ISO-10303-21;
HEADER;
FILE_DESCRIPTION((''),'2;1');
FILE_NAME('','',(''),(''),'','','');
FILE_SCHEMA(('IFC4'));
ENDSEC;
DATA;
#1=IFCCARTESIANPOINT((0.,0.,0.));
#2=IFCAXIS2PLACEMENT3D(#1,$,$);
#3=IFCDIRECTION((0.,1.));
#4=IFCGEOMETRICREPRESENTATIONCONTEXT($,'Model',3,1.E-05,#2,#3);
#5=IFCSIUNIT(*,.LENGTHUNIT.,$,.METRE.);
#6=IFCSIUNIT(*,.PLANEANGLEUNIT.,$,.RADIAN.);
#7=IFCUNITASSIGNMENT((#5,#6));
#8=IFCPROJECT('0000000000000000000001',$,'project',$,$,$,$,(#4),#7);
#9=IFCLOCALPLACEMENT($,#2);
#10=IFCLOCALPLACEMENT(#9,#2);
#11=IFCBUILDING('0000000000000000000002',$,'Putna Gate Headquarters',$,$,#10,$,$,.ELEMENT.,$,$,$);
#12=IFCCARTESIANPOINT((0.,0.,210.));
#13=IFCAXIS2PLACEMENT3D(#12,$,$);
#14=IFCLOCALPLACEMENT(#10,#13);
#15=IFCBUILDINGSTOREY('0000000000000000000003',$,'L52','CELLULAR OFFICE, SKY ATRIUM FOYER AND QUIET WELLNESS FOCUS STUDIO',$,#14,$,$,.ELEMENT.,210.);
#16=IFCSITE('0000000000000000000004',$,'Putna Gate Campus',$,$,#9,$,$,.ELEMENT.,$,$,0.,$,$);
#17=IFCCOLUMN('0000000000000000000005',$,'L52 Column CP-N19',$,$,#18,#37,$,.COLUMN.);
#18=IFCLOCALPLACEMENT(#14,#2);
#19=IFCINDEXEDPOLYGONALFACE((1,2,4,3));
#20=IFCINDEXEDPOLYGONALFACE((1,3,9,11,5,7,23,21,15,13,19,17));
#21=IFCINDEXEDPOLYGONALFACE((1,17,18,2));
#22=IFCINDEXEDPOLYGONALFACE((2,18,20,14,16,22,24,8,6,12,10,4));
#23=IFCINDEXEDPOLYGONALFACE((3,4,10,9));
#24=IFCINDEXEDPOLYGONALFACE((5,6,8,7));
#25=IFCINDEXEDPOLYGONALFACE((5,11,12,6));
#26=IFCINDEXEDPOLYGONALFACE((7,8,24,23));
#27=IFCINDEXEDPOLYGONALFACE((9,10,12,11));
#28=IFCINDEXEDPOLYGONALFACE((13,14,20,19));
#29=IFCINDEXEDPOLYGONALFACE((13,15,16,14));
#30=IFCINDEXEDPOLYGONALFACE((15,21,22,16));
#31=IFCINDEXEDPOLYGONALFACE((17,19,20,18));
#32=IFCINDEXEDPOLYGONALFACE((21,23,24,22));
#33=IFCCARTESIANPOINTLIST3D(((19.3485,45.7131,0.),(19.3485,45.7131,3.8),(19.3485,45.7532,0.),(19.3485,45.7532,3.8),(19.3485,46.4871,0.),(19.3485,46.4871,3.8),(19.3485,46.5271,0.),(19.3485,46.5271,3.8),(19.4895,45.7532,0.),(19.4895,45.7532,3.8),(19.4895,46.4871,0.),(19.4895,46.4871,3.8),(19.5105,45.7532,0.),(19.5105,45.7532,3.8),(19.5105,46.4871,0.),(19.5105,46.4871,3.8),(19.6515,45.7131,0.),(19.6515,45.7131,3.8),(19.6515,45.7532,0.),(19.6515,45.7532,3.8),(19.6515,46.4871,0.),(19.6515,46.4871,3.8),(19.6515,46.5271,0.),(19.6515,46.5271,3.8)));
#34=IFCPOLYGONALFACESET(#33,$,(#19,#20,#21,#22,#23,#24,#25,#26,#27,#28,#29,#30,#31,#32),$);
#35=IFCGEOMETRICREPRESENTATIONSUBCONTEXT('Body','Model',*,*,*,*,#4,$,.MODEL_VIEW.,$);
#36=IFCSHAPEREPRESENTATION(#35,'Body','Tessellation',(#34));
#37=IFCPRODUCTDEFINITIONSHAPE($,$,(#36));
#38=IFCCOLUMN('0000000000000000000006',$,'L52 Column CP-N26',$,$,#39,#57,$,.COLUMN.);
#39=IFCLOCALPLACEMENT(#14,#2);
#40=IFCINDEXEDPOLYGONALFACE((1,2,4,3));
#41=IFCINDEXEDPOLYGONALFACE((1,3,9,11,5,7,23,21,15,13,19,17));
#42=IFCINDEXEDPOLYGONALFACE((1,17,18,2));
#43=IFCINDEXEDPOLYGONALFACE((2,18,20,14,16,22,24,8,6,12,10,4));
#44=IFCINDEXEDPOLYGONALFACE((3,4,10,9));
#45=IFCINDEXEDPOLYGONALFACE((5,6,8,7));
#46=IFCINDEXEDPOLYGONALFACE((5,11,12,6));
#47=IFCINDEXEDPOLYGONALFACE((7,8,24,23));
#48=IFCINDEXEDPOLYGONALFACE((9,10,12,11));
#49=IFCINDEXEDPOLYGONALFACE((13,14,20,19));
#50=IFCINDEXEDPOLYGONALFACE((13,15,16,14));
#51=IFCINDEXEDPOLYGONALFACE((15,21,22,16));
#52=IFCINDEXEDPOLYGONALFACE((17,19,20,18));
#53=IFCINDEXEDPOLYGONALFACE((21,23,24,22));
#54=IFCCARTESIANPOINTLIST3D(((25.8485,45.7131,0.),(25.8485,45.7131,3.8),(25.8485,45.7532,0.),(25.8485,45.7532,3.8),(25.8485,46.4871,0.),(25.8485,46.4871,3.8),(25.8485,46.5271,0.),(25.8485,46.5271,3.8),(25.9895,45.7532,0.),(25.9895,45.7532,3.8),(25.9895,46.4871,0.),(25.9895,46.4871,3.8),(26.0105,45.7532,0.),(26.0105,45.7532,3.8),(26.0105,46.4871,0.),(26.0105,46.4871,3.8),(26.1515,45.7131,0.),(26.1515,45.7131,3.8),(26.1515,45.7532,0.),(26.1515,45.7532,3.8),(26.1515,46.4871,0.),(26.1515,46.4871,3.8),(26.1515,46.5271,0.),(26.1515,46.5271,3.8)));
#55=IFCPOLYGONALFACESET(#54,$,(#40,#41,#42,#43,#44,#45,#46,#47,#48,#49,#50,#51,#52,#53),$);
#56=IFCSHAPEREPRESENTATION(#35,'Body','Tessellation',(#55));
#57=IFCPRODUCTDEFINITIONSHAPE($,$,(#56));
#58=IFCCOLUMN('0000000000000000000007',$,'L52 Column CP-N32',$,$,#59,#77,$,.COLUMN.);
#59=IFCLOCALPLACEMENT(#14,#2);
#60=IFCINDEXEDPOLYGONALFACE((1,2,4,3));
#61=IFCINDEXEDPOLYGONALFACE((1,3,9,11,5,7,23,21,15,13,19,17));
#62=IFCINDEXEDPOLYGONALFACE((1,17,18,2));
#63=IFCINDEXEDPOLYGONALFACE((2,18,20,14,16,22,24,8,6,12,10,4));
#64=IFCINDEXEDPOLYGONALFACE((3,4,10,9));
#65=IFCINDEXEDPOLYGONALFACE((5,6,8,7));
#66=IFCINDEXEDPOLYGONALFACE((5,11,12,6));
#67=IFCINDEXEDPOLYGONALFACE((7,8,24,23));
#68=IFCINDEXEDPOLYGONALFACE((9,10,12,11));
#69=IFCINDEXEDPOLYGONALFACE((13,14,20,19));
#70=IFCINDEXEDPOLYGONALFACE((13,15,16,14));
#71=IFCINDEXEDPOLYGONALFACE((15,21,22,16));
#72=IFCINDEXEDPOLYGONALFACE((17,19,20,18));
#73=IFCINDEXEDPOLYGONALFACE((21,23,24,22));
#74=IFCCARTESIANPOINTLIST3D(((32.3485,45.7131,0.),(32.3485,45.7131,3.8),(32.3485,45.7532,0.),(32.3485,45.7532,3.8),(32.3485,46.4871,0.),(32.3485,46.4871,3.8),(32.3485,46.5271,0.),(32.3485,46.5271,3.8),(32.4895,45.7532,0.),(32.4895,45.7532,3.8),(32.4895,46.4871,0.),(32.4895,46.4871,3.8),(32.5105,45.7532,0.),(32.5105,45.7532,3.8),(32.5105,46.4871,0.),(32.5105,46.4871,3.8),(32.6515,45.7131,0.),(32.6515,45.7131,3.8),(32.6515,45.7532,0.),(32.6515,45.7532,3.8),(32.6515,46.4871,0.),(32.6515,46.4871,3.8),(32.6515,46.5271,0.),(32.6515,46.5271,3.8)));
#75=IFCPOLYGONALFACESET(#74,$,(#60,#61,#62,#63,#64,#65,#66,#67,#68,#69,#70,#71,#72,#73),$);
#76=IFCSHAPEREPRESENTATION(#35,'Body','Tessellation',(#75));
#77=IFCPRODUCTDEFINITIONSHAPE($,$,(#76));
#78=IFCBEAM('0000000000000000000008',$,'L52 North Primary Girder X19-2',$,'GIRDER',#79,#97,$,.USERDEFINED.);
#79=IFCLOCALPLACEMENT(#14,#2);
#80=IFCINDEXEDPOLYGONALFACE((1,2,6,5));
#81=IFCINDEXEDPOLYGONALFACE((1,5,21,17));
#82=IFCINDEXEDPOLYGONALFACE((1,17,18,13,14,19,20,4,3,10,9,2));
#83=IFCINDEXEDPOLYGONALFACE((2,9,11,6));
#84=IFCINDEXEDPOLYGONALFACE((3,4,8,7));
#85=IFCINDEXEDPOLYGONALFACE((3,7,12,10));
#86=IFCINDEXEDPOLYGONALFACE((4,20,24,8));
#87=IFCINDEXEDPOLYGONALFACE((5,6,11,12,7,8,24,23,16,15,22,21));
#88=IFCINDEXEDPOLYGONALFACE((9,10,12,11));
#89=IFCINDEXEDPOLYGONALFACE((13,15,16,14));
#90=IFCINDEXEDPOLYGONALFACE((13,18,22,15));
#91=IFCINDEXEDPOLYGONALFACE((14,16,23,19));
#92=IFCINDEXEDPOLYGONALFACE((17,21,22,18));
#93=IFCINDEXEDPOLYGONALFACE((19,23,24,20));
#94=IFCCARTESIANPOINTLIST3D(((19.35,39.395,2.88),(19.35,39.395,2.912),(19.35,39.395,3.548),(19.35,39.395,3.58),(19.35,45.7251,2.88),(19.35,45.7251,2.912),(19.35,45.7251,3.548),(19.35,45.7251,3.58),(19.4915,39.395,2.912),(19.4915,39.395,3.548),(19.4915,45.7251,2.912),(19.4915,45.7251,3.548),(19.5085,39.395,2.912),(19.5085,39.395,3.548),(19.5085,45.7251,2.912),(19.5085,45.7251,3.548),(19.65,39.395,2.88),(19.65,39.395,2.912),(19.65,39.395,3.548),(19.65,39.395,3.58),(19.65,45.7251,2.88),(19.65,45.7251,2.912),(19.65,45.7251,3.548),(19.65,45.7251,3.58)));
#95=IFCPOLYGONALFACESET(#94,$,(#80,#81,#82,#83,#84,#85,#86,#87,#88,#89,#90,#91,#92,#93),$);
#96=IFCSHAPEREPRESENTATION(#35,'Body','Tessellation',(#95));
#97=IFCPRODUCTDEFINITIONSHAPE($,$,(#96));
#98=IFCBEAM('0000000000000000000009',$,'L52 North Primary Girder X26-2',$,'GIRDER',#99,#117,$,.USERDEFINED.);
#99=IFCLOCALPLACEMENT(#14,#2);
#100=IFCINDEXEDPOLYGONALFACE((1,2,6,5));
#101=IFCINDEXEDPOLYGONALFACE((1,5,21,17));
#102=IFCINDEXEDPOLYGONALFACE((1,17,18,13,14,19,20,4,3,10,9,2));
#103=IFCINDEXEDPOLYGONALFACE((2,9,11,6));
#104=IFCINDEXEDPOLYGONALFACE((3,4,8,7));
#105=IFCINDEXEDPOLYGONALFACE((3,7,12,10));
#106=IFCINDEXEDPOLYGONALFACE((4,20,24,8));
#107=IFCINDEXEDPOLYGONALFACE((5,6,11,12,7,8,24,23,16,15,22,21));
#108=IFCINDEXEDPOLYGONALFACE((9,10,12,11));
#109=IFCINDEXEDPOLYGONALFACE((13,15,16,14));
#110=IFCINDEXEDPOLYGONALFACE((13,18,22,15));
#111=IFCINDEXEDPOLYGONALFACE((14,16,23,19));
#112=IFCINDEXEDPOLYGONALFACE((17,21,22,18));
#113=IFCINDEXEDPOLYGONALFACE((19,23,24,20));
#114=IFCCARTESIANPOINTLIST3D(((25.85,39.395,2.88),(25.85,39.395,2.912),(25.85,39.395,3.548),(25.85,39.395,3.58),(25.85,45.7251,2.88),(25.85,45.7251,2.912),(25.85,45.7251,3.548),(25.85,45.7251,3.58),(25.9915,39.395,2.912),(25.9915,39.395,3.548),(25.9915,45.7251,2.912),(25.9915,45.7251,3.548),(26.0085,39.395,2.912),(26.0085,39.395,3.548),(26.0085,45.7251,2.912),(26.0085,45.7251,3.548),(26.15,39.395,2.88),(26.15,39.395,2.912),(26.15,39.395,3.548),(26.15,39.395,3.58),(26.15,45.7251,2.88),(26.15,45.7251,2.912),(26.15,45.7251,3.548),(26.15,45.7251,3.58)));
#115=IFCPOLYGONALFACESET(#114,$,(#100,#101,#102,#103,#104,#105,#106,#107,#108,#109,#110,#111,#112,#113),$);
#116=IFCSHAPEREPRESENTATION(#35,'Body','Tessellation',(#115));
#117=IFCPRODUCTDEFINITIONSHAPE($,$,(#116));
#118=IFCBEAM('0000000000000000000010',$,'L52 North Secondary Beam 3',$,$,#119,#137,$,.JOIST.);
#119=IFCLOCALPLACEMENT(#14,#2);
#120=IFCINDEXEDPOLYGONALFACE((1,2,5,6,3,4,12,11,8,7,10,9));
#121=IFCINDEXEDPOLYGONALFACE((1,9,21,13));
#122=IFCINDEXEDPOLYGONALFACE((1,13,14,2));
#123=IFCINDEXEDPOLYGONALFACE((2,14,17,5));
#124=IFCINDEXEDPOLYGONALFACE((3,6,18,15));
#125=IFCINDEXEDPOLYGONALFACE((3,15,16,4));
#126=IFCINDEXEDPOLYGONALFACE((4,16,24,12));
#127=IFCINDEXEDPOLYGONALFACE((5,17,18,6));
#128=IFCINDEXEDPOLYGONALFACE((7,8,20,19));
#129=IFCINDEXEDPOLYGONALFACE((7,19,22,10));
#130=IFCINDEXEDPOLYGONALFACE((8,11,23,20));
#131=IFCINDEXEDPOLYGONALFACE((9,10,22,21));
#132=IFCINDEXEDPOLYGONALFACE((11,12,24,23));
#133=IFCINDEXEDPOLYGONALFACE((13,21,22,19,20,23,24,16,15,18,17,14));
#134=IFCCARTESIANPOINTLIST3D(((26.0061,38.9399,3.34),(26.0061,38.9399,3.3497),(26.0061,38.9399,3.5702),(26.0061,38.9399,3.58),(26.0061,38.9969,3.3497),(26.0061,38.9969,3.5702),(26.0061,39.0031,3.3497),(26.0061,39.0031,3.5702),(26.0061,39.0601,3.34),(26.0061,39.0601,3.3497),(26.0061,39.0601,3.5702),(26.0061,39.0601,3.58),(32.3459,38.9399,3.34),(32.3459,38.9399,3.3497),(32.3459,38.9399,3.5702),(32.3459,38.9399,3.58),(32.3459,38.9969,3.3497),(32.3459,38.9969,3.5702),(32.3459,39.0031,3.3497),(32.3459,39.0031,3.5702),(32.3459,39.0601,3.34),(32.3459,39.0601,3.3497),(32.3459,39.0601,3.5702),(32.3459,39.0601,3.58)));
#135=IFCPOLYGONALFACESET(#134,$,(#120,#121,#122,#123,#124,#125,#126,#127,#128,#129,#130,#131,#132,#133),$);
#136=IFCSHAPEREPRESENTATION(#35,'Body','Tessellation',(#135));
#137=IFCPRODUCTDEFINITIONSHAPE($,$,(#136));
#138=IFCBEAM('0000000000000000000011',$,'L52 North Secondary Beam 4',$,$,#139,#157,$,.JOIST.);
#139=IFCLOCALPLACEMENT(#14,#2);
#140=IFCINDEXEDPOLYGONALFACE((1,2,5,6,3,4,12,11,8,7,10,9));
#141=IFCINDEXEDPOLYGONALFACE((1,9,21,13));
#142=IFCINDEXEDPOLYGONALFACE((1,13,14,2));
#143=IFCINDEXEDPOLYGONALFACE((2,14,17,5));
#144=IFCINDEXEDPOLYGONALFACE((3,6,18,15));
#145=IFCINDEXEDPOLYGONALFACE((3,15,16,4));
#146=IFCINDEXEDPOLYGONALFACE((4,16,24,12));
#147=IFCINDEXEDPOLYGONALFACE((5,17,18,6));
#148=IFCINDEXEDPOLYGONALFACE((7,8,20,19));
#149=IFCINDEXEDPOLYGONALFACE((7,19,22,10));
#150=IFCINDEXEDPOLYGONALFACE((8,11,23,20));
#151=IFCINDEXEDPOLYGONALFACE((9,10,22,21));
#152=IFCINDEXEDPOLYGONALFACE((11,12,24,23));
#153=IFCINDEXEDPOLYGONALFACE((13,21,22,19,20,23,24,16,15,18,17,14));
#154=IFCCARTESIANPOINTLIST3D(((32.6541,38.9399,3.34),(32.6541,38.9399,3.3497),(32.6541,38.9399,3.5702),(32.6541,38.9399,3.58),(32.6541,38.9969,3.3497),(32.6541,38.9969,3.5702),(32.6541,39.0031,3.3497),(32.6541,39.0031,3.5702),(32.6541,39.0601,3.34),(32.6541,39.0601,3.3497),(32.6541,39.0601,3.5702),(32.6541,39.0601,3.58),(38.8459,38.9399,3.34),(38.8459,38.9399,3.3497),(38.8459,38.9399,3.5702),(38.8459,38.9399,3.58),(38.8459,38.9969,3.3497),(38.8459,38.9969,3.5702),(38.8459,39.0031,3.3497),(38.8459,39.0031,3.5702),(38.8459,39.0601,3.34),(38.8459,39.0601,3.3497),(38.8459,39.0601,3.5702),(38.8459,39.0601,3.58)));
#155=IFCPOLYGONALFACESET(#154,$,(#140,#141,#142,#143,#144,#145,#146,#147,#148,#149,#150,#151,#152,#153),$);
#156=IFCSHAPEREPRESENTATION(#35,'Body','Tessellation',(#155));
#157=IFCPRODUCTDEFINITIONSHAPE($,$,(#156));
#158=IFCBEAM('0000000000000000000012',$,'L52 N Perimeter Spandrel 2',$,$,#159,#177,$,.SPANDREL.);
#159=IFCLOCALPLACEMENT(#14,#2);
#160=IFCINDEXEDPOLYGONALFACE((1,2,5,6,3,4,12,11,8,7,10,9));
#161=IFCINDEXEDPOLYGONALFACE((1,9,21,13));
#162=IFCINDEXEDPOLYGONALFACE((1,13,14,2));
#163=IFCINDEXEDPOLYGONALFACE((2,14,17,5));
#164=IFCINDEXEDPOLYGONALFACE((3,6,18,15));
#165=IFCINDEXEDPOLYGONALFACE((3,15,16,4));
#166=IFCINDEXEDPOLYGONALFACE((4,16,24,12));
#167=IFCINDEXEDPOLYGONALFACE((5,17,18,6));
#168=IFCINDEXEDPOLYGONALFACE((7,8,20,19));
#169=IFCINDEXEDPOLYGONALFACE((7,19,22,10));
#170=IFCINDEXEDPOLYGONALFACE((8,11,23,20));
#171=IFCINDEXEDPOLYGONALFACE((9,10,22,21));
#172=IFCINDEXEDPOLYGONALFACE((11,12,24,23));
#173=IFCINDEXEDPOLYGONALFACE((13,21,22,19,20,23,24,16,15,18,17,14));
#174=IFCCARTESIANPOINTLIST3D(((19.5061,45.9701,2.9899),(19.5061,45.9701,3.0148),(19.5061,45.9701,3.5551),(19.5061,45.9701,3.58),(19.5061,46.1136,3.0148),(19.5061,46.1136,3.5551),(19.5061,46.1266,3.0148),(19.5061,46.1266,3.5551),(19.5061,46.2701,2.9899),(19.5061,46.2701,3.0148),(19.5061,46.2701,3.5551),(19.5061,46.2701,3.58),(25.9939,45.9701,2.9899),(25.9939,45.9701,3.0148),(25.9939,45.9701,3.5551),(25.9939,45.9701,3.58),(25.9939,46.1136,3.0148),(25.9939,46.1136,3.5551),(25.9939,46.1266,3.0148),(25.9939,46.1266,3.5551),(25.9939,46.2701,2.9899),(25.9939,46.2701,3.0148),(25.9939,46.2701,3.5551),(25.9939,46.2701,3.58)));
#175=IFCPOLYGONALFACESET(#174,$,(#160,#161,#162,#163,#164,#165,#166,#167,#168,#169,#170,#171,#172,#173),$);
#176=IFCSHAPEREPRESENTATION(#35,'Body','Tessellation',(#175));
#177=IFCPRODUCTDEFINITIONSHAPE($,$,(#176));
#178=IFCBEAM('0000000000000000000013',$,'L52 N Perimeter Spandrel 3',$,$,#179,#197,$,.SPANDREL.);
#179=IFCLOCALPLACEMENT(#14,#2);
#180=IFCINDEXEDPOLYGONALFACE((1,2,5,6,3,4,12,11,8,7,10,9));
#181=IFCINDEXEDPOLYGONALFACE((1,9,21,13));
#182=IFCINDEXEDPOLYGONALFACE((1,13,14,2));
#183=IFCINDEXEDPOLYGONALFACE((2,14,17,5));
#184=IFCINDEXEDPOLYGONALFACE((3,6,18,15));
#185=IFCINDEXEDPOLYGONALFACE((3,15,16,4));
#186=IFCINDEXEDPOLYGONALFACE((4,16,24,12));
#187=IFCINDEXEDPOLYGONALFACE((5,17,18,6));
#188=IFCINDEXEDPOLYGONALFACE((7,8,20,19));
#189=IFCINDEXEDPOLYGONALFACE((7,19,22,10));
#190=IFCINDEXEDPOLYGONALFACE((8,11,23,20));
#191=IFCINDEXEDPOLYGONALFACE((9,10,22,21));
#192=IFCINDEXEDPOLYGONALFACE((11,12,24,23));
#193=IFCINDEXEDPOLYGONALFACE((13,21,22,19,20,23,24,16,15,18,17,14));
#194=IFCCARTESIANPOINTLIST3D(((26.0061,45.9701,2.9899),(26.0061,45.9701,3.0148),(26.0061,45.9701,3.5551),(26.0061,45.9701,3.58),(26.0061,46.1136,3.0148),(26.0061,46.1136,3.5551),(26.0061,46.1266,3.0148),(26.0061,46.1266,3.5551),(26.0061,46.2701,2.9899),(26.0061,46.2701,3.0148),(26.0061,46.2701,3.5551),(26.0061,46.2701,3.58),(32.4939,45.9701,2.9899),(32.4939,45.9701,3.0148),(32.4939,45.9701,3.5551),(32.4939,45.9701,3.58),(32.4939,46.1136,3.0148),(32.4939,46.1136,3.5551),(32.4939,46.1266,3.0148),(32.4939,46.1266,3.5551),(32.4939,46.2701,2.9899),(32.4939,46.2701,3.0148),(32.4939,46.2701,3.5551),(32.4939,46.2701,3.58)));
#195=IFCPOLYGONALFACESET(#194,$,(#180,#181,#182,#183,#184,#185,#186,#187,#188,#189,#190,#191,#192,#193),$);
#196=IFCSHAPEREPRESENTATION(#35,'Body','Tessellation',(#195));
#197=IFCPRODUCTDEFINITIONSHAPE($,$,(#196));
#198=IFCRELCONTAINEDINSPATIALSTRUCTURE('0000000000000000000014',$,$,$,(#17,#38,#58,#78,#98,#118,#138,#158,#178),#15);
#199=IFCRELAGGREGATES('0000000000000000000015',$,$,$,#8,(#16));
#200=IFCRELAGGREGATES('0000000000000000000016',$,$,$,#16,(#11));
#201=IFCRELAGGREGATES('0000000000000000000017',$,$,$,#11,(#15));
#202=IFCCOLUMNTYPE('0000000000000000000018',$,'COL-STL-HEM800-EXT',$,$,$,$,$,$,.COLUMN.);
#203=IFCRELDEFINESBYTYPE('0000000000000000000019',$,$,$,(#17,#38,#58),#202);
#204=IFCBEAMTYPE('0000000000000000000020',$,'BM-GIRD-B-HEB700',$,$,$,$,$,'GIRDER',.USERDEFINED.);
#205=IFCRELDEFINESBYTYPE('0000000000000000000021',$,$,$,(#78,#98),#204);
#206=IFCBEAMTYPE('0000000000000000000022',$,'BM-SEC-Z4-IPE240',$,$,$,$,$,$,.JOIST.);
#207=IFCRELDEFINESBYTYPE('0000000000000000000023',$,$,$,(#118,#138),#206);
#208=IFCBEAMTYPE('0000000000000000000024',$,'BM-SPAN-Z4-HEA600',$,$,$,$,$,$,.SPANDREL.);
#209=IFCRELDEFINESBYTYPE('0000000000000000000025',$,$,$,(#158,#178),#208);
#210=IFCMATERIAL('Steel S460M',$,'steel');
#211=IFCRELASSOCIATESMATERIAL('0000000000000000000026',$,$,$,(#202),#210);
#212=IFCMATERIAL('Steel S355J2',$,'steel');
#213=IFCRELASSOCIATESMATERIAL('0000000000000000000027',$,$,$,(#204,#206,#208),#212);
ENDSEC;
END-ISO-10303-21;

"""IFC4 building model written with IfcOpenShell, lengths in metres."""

from ifc_helpers import new_model, si_unit, direction, frame, origin, origin_2d, place, context, subcontext, project, spatial, i_section, extrude, material, material_profile, profile_set, type_object, element, save


model = new_model("IFC4")

# Units and contexts
model_context = context("Model", 3, precision=1e-05, world=origin(), true_north=direction((0.0, 1.0)))
body_context = subcontext(model_context, "Body", "Model", "MODEL_VIEW")
ifc_project = project(units=[si_unit("LENGTHUNIT", "METRE"), si_unit("PLANEANGLEUNIT", "RADIAN")], contexts=[model_context])

# Site, building, storey
site_placement = place(None, origin())
site = spatial("IfcSite", under=ifc_project, at=site_placement, Name="Putna Gate Campus", CompositionType="ELEMENT", RefElevation=0.0)
building_placement = place(site_placement, origin())
building = spatial("IfcBuilding", under=site, at=building_placement, Name="Putna Gate Headquarters", CompositionType="ELEMENT")
storey_placement = place(building_placement, frame((0.0, 0.0, 210.0)))
storey = spatial("IfcBuildingStorey", under=building, at=storey_placement, Name="L52", Description="CELLULAR OFFICE, SKY ATRIUM FOYER AND QUIET WELLNESS FOCUS STUDIO", CompositionType="ELEMENT", Elevation=210.0)

# Columns
ifc_material_1 = material(Name="Steel S460M", Category="steel")
ifc_material_profile_1 = material_profile(ifc_material_1, i_section(OverallWidth=0.303, OverallDepth=0.814, WebThickness=0.021, FlangeThickness=0.04, at=origin_2d()), Name="Steel S460M")
ifc_profile_set_1 = profile_set([ifc_material_profile_1], Name="Steel S460M")
column_type = type_object("IfcColumnType", Name="COL-STL-HEM800-EXT", PredefinedType="COLUMN", material=ifc_profile_set_1)
for number, where, z_axis, x_axis, name in (
    (1, (19.5, 46.1201, 0.0), (0.0, 0.0, 1.0), (1.0, 0.0, 0.0), "L52 Column CP-N19"),
    (2, (26.0, 46.1201, 0.0), (0.0, 0.0, 1.0), (1.0, 0.0, 0.0), "L52 Column CP-N26"),
    (3, (32.5, 46.1201, 0.0), (0.0, 0.0, 1.0), (1.0, 0.0, 0.0), "L52 Column CP-N32"),
):
    element("IfcColumn", number, at=place(storey_placement, frame(where, z_axis=z_axis, x_axis=x_axis)), inside=storey, type_object=column_type, Name=name, PredefinedType="COLUMN", context=body_context, shape_type="SweptSolid", body=[
        extrude(i_section(OverallWidth=0.303, OverallDepth=0.814, WebThickness=0.021, FlangeThickness=0.04, at=origin_2d()), origin(), (0.0, 0.0, 1.0), 3.8),
    ])

# Beams
ifc_material_2 = material(Name="Steel S355J2", Category="steel")
ifc_material_profile_2 = material_profile(ifc_material_2, i_section(OverallWidth=0.3, OverallDepth=0.7, WebThickness=0.0171, FlangeThickness=0.032, at=origin_2d()), Name="Steel S355J2")
ifc_profile_set_2 = profile_set([ifc_material_profile_2], Name="Steel S355J2")
beam_type_1 = type_object("IfcBeamType", Name="BM-GIRD-B-HEB700", ElementType="GIRDER", PredefinedType="USERDEFINED", material=ifc_profile_set_2)
for number, where, z_axis, x_axis, name in (
    (4, (19.5, 39.395, 3.23), (0.0, 1.0, 0.0), (-1.0, 0.0, 0.0), "L52 North Primary Girder X19-2"),
    (5, (26.0, 39.395, 3.23), (0.0, 1.0, 0.0), (-1.0, 0.0, 0.0), "L52 North Primary Girder X26-2"),
):
    element("IfcBeam", number, at=place(storey_placement, frame(where, z_axis=z_axis, x_axis=x_axis)), inside=storey, type_object=beam_type_1, Name=name, ObjectType="GIRDER", PredefinedType="USERDEFINED", context=body_context, shape_type="SweptSolid", body=[
        extrude(i_section(OverallWidth=0.3, OverallDepth=0.7, WebThickness=0.0171, FlangeThickness=0.032, at=origin_2d()), origin(), (0.0, 0.0, 1.0), 6.3301),
    ])
ifc_material_profile_3 = material_profile(ifc_material_2, i_section(OverallWidth=0.1201, OverallDepth=0.24, WebThickness=0.0061, FlangeThickness=0.0098, at=origin_2d()), Name="Steel S355J2")
ifc_profile_set_3 = profile_set([ifc_material_profile_3], Name="Steel S355J2")
beam_type_2 = type_object("IfcBeamType", Name="BM-SEC-Z4-IPE240", PredefinedType="JOIST", material=ifc_profile_set_3)
beam_1_placement = place(storey_placement, frame((26.0061, 39.0, 3.46), z_axis=(1.0, 0.0, 0.0), x_axis=(0.0, 1.0, 0.0)))
element("IfcBeam", 6, at=beam_1_placement, inside=storey, type_object=beam_type_2, Name="L52 North Secondary Beam 3", PredefinedType="JOIST", context=body_context, shape_type="SweptSolid", body=[
    extrude(i_section(OverallWidth=0.1201, OverallDepth=0.24, WebThickness=0.0061, FlangeThickness=0.0098, at=origin_2d()), origin(), (0.0, 0.0, 1.0), 6.3398),
])
beam_2_placement = place(storey_placement, frame((32.6541, 39.0, 3.46), z_axis=(1.0, 0.0, 0.0), x_axis=(0.0, 1.0, 0.0)))
element("IfcBeam", 7, at=beam_2_placement, inside=storey, type_object=beam_type_2, Name="L52 North Secondary Beam 4", PredefinedType="JOIST", context=body_context, shape_type="SweptSolid", body=[
    extrude(i_section(OverallWidth=0.1201, OverallDepth=0.24, WebThickness=0.0061, FlangeThickness=0.0098, at=origin_2d()), origin(), (0.0, 0.0, 1.0), 6.1919),
])
ifc_material_profile_4 = material_profile(ifc_material_2, i_section(OverallWidth=0.3, OverallDepth=0.5901, WebThickness=0.0129, FlangeThickness=0.0249, at=origin_2d()), Name="Steel S355J2")
ifc_profile_set_4 = profile_set([ifc_material_profile_4], Name="Steel S355J2")
beam_type_3 = type_object("IfcBeamType", Name="BM-SPAN-Z4-HEA600", PredefinedType="SPANDREL", material=ifc_profile_set_4)
for number, where, z_axis, x_axis, name in (
    (8, (19.5061, 46.1201, 3.2849), (1.0, 0.0, 0.0), (0.0, 1.0, 0.0), "L52 N Perimeter Spandrel 2"),
    (9, (26.0061, 46.1201, 3.2849), (1.0, 0.0, 0.0), (0.0, 1.0, 0.0), "L52 N Perimeter Spandrel 3"),
):
    element("IfcBeam", number, at=place(storey_placement, frame(where, z_axis=z_axis, x_axis=x_axis)), inside=storey, type_object=beam_type_3, Name=name, PredefinedType="SPANDREL", context=body_context, shape_type="SweptSolid", body=[
        extrude(i_section(OverallWidth=0.3, OverallDepth=0.5901, WebThickness=0.0129, FlangeThickness=0.0249, at=origin_2d()), origin(), (0.0, 0.0, 1.0), 6.4878),
    ])

save(model, "model.ifc")
